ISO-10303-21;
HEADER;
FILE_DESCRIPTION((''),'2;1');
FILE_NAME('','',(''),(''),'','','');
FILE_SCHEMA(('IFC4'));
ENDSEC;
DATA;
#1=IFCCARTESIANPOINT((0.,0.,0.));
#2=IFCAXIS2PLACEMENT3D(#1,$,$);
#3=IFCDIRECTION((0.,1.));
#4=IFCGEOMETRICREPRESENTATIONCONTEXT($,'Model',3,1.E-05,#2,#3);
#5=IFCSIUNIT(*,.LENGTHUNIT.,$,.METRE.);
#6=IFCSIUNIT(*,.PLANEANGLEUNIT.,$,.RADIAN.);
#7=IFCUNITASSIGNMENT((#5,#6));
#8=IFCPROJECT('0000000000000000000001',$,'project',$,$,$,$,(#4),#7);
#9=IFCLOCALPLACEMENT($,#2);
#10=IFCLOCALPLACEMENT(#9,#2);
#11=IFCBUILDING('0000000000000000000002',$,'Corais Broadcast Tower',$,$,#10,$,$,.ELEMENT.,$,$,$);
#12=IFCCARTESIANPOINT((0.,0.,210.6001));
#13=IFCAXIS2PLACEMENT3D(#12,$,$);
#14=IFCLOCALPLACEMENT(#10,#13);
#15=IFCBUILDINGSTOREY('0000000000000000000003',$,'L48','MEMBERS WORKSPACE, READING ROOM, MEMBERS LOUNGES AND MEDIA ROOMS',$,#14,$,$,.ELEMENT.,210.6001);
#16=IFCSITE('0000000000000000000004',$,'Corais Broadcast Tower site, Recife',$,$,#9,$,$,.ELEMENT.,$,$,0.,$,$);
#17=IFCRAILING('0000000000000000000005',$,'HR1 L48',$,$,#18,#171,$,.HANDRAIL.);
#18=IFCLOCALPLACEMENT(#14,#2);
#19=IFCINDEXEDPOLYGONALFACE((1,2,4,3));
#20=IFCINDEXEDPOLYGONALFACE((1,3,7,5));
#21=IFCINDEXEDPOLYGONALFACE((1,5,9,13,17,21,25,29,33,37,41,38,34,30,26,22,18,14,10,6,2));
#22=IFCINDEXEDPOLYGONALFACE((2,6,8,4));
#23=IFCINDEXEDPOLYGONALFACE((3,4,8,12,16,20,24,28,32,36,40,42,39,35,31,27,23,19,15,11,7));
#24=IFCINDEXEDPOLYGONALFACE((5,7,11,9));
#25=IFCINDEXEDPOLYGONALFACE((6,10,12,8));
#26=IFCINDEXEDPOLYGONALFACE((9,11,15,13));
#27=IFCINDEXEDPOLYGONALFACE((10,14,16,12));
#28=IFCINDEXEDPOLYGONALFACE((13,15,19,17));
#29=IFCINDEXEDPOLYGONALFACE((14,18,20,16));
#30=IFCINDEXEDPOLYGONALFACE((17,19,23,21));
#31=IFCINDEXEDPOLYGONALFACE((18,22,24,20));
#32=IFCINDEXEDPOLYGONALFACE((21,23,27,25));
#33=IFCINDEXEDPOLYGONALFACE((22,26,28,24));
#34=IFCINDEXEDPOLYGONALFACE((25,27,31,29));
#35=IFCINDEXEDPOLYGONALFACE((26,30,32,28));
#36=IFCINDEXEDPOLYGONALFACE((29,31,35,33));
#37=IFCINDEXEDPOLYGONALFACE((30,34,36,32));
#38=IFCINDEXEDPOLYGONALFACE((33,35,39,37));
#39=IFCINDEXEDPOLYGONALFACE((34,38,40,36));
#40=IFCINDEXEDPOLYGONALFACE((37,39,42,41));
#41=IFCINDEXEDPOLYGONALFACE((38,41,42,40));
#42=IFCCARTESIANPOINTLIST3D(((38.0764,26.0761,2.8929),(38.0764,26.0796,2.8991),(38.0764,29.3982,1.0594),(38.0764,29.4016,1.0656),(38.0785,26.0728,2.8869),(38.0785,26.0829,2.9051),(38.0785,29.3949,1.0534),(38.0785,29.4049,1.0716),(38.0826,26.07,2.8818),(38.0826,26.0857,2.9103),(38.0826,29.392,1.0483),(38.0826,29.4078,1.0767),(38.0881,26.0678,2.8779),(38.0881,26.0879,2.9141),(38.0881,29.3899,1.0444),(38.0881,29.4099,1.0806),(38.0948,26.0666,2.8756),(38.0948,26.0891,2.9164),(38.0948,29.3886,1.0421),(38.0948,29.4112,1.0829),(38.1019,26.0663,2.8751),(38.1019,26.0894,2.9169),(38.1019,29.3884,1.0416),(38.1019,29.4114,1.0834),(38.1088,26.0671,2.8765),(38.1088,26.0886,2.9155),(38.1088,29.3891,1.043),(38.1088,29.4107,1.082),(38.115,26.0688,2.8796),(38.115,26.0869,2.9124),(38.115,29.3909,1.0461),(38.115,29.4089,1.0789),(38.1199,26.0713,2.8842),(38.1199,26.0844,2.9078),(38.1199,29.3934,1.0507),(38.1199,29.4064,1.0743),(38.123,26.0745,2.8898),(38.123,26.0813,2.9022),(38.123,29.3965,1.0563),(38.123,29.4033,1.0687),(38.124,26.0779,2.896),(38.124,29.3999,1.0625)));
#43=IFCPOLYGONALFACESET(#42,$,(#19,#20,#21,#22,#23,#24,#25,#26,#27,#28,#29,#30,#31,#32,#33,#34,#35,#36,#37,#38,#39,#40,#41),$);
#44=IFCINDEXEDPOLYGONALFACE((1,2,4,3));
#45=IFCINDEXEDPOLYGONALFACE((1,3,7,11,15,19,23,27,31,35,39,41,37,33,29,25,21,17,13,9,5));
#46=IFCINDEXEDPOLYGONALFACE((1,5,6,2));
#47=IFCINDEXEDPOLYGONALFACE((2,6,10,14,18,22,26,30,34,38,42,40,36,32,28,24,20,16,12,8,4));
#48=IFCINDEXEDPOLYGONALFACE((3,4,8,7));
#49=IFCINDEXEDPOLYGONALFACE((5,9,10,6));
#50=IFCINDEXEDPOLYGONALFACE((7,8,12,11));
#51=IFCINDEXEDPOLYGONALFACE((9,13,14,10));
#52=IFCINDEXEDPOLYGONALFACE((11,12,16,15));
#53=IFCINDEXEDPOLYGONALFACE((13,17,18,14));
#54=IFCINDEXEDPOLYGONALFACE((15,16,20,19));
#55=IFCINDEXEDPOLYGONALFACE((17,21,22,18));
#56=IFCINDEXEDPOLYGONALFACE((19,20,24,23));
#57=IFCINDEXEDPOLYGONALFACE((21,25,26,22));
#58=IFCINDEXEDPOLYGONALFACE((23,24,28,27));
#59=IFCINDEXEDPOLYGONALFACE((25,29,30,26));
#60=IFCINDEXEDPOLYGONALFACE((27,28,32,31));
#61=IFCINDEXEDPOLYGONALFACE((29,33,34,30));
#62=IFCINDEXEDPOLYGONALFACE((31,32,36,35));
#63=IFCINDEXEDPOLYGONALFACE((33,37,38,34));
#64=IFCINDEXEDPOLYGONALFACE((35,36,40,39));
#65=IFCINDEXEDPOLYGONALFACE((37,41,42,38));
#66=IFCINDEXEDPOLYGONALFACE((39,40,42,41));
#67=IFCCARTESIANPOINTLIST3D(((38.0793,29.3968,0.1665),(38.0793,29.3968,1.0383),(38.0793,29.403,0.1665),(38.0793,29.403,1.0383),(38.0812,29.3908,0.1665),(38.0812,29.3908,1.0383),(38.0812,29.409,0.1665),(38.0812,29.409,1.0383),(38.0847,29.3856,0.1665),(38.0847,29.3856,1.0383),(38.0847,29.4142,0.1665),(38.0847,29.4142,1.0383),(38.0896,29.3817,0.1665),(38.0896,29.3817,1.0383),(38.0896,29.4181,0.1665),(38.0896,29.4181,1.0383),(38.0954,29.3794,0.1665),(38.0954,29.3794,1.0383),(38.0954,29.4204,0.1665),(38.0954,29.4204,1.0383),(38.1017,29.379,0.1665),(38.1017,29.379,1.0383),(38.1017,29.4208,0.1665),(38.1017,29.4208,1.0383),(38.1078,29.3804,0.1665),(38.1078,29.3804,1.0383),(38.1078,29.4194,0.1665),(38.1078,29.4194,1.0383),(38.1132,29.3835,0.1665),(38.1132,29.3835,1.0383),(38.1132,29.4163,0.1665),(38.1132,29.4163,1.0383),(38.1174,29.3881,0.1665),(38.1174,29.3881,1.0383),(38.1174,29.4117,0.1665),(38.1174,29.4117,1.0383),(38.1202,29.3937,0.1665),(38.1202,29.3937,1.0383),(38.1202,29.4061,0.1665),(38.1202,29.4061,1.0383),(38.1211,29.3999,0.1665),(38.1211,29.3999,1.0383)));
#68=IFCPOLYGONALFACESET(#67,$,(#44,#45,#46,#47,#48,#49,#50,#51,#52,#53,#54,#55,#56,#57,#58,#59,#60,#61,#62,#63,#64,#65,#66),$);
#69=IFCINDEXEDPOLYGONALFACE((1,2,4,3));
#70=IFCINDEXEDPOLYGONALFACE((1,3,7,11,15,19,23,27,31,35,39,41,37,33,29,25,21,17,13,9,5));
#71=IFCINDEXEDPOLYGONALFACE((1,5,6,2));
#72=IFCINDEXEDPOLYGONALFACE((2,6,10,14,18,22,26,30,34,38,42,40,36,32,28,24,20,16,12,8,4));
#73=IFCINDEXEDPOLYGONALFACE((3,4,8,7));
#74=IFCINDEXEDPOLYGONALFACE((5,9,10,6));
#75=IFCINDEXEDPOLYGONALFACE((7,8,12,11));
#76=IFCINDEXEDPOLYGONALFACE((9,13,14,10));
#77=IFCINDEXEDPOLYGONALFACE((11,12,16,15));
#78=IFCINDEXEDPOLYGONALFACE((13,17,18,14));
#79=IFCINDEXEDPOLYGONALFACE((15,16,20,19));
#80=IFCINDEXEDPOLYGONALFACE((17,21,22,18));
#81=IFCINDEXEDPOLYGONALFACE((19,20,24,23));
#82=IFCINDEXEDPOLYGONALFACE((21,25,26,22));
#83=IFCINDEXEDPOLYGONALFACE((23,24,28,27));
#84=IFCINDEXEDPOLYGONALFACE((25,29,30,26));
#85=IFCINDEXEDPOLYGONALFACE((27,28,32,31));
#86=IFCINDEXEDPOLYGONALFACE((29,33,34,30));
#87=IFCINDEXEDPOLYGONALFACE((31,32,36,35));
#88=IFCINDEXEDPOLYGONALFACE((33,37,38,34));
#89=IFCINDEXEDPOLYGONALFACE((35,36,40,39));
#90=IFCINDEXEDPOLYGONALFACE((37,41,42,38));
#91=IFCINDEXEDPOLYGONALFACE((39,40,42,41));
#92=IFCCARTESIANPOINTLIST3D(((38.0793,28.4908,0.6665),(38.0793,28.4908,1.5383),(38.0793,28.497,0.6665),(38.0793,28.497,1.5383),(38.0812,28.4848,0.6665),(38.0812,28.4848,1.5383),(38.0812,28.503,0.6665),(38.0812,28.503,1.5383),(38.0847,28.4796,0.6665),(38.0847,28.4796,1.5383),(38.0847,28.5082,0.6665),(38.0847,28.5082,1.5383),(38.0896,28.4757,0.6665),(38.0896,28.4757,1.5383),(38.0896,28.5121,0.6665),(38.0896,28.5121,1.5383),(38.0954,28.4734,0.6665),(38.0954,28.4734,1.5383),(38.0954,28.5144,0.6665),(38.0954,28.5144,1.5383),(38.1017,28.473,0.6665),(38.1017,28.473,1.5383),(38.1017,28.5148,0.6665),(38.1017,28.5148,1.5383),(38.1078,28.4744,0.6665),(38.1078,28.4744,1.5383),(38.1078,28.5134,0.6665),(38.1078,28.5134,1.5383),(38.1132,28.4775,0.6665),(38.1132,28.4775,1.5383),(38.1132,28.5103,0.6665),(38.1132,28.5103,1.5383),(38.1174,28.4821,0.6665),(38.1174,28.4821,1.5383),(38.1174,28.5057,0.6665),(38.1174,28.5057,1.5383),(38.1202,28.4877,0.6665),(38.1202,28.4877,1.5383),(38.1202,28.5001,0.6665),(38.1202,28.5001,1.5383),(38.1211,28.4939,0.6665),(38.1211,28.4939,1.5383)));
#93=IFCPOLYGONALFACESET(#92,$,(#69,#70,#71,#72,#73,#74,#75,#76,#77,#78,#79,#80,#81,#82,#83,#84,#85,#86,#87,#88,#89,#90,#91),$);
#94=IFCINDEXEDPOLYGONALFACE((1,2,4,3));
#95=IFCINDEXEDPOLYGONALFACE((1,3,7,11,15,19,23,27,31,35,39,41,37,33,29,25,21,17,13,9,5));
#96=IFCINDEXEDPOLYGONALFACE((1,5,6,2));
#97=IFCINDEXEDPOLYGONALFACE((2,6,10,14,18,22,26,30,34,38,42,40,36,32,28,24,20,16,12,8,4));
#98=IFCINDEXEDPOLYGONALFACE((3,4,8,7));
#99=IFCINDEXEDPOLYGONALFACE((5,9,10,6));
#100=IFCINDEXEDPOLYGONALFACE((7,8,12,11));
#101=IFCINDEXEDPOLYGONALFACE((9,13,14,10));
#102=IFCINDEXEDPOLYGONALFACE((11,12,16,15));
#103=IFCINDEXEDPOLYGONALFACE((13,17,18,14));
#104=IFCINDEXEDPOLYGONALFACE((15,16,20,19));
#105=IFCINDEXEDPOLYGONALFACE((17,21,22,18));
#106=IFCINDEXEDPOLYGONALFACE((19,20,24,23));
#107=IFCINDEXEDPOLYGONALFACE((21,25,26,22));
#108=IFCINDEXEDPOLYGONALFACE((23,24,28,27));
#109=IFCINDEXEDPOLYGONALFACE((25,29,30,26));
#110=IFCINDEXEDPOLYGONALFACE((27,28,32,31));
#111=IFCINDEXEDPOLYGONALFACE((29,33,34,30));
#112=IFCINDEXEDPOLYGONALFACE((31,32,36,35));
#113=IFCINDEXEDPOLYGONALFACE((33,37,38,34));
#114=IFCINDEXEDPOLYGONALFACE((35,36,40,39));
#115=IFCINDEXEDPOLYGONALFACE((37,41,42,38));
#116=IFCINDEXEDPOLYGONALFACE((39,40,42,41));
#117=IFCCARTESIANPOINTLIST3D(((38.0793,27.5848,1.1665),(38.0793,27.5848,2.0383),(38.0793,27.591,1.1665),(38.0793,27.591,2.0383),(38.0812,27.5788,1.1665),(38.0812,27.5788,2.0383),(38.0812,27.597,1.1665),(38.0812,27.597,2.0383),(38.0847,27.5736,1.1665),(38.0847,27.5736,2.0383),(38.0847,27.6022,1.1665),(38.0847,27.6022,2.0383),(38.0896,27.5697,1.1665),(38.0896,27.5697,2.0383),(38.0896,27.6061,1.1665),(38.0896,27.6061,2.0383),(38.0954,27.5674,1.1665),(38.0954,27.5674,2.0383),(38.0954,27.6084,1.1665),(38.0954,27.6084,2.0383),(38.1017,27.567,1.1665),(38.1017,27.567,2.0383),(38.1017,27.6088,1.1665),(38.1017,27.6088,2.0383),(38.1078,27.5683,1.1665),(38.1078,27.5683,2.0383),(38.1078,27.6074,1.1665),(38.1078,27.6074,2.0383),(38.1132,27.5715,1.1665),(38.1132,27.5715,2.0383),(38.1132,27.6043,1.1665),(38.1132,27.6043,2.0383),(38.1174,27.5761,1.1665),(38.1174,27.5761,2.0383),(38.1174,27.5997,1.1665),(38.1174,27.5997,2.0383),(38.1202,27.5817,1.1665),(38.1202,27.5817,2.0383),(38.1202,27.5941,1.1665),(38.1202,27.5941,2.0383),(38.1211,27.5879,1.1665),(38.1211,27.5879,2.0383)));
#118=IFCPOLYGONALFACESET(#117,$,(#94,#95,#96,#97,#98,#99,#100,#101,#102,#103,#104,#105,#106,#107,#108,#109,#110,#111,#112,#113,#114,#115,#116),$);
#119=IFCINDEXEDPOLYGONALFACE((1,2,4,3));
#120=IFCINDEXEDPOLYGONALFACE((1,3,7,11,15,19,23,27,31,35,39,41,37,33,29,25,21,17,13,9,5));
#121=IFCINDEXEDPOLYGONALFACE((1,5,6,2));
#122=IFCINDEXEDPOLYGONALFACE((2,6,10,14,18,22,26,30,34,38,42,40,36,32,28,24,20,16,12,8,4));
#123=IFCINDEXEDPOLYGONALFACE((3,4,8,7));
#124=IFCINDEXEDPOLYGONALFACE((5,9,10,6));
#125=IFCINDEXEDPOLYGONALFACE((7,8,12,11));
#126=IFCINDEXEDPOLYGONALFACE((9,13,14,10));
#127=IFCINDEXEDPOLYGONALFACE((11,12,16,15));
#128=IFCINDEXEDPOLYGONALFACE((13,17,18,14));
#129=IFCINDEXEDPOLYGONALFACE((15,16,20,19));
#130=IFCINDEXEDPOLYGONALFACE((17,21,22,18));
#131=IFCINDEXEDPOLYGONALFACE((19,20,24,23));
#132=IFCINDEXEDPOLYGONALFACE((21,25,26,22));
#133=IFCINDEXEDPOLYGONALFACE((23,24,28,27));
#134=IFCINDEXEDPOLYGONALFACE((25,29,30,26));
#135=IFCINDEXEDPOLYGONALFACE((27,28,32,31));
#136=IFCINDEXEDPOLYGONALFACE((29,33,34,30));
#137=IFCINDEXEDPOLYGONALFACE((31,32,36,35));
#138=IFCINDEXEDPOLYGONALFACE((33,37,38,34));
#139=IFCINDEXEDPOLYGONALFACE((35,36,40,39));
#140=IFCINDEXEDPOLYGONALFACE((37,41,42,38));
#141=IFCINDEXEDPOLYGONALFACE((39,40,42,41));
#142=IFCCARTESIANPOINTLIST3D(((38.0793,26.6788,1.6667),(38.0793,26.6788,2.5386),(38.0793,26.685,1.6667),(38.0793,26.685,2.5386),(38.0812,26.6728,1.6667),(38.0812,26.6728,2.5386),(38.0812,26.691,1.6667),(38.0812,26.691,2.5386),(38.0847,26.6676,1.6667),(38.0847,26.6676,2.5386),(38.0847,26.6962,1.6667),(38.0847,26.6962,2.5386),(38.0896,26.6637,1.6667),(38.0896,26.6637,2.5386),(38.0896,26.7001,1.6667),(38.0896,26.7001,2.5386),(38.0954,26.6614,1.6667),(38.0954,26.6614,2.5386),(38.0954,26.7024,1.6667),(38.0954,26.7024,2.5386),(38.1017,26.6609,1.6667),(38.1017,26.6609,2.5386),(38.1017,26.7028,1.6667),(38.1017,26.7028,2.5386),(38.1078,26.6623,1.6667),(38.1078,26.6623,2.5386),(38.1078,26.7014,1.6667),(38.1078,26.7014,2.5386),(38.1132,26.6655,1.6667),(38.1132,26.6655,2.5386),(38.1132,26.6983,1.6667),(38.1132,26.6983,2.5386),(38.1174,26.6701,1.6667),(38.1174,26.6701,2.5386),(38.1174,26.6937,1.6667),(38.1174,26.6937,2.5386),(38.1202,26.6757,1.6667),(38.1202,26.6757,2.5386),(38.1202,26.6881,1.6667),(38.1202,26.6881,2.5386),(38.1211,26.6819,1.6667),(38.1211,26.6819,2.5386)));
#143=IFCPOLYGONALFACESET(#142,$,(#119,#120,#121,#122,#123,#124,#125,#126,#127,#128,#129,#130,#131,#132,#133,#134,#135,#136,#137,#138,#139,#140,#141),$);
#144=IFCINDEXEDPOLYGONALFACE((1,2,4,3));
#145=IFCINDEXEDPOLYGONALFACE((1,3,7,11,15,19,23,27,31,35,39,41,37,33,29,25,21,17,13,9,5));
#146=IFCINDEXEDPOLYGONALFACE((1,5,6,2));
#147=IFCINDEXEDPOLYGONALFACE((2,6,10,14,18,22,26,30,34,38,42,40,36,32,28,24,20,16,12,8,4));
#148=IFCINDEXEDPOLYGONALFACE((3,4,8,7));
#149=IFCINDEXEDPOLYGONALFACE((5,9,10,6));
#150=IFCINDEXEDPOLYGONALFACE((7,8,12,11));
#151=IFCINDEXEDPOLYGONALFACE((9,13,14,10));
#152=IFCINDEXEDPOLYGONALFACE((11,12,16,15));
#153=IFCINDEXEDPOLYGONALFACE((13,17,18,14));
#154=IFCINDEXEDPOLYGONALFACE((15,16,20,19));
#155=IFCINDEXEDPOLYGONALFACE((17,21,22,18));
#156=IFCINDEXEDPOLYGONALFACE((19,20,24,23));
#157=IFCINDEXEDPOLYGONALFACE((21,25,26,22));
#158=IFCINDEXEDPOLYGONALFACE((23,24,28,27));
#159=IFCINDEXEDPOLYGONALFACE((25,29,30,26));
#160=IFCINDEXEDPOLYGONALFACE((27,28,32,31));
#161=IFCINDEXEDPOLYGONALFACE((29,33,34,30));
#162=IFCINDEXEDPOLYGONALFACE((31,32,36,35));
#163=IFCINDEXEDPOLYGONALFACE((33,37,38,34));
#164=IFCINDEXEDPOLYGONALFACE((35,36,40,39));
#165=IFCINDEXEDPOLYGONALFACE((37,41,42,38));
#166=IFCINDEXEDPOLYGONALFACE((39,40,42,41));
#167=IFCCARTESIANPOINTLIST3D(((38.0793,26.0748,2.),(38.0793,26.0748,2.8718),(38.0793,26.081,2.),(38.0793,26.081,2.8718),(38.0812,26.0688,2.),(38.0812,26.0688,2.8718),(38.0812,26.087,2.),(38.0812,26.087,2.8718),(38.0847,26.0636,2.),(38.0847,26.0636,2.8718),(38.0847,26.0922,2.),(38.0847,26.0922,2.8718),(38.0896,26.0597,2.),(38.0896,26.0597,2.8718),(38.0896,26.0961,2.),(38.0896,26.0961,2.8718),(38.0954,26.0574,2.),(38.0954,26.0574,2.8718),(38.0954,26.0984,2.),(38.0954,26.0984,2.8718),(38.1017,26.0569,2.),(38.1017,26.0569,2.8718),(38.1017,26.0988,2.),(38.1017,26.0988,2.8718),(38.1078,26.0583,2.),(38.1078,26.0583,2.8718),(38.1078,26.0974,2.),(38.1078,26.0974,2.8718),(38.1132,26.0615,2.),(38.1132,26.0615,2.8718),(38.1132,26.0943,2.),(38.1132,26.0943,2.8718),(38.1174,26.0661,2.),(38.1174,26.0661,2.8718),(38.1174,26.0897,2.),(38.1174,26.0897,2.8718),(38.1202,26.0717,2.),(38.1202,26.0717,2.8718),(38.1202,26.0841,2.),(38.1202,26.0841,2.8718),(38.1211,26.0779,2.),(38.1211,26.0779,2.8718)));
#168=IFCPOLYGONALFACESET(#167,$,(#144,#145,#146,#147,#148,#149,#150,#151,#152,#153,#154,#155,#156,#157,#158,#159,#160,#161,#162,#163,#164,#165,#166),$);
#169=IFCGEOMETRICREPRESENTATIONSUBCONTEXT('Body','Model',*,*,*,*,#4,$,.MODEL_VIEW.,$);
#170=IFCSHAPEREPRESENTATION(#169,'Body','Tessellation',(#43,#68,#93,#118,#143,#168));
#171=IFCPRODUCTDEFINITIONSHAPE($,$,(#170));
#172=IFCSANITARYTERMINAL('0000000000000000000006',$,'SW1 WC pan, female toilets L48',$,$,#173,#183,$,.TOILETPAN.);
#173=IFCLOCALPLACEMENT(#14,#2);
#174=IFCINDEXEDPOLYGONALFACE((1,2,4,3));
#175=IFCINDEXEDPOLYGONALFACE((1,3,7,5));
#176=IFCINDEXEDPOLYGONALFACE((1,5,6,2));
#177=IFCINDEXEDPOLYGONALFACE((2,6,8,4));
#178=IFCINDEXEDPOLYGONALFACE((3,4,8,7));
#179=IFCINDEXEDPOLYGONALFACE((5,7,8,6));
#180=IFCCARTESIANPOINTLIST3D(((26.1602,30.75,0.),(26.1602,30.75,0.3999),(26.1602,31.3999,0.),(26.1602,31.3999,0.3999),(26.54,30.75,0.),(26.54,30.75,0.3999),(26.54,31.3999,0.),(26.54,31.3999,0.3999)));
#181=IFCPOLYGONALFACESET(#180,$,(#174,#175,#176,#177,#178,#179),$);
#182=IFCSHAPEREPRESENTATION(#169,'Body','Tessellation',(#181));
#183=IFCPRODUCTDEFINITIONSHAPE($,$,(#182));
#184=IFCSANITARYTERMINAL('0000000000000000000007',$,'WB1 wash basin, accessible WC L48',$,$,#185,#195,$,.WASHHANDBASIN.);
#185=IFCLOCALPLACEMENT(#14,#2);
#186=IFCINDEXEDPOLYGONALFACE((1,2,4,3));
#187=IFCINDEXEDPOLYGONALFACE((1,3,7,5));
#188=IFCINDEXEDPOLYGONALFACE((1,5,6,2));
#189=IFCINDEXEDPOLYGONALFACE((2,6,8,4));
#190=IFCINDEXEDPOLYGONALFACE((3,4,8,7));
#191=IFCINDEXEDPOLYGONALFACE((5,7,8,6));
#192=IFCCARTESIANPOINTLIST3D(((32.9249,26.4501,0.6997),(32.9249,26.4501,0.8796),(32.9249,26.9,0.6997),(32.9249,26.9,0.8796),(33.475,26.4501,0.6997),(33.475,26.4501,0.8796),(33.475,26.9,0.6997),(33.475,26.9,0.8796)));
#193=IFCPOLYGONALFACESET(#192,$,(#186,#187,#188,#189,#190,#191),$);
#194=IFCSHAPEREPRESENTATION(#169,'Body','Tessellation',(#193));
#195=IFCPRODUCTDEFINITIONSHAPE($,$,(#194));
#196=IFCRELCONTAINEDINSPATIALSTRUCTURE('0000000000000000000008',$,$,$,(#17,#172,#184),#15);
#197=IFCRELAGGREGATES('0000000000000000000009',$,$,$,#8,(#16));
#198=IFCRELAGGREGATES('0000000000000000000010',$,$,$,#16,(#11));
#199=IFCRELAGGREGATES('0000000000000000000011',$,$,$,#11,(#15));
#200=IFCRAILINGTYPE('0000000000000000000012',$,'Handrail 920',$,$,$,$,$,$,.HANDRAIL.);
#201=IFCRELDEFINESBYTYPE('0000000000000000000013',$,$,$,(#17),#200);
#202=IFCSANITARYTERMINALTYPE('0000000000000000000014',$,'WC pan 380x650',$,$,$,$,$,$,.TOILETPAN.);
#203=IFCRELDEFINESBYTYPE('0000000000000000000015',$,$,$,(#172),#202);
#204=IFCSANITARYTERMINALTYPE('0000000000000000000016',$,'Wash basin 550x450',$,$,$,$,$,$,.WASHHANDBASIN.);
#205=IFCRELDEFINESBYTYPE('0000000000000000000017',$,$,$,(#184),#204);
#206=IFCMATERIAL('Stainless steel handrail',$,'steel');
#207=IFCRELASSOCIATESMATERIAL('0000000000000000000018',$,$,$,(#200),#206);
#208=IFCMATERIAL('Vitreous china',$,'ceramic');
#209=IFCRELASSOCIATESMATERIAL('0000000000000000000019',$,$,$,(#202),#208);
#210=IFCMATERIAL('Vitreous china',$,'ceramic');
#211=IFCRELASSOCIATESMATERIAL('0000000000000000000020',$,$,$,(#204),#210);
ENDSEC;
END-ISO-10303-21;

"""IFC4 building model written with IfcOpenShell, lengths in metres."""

from ifc_helpers import new_model, si_unit, direction, frame, origin, origin_2d, place, context, subcontext, project, spatial, rectangle, circle, extrude, material, type_object, element, save


model = new_model("IFC4")

# Units and contexts
model_context = context("Model", 3, precision=1e-05, world=origin(), true_north=direction((0.0, 1.0)))
body_context = subcontext(model_context, "Body", "Model", "MODEL_VIEW")
ifc_project = project(units=[si_unit("LENGTHUNIT", "METRE"), si_unit("PLANEANGLEUNIT", "RADIAN")], contexts=[model_context])

# Site, building, storey
site_placement = place(None, origin())
site = spatial("IfcSite", under=ifc_project, at=site_placement, Name="Corais Broadcast Tower site, Recife", CompositionType="ELEMENT", RefElevation=0.0)
building_placement = place(site_placement, origin())
building = spatial("IfcBuilding", under=site, at=building_placement, Name="Corais Broadcast Tower", CompositionType="ELEMENT")
storey_placement = place(building_placement, frame((0.0, 0.0, 210.6001)))
storey = spatial("IfcBuildingStorey", under=building, at=storey_placement, Name="L48", Description="MEMBERS WORKSPACE, READING ROOM, MEMBERS LOUNGES AND MEDIA ROOMS", CompositionType="ELEMENT", Elevation=210.6001)

# Railing
ifc_material_1 = material(Name="Stainless steel handrail", Category="steel")
railing_type = type_object("IfcRailingType", Name="Handrail 920", PredefinedType="HANDRAIL", material=ifc_material_1)
for number, where, name in (
    (1, (38.1001, 29.3999, 0.1665), "HR1 L48"),
):
    element("IfcRailing", number, at=place(storey_placement, frame(where)), inside=storey, type_object=railing_type, Name=name, PredefinedType="HANDRAIL", context=body_context, shape_type="SweptSolid", body=[
        extrude(circle(Radius=0.0239, at=origin_2d()), frame((0.0, 0.0, 0.896), z_axis=(0.0, -0.875504, 0.48321), x_axis=(1.0, 0.0, 0.0)), (0.0, 0.0, 1.0), 3.7944),
        extrude(circle(Radius=0.021, at=origin_2d()), origin(), (0.0, 0.0, 1.0), 0.8718),
        extrude(circle(Radius=0.021, at=origin_2d()), frame((0.0, -0.906, 0.5)), (0.0, 0.0, 1.0), 0.8718),
        extrude(circle(Radius=0.021, at=origin_2d()), frame((0.0, -1.812, 1.0)), (0.0, 0.0, 1.0), 0.8718),
        extrude(circle(Radius=0.021, at=origin_2d()), frame((0.0, -2.718, 1.5002)), (0.0, 0.0, 1.0), 0.8718),
        extrude(circle(Radius=0.021, at=origin_2d()), frame((0.0, -3.322, 1.8335)), (0.0, 0.0, 1.0), 0.8718),
    ])

# Sanitary terminals
ifc_material_2 = material(Name="Vitreous china", Category="ceramic")
sanitary_terminal_type_1 = type_object("IfcSanitaryTerminalType", Name="WC pan 380x650", PredefinedType="TOILETPAN", material=ifc_material_2)
sanitary_terminal_1_placement = place(storey_placement, frame((26.3501, 31.075, 0.0), z_axis=(0.0, 0.0, 1.0), x_axis=(1.0, 0.0, 0.0)))
element("IfcSanitaryTerminal", 2, at=sanitary_terminal_1_placement, inside=storey, type_object=sanitary_terminal_type_1, Name="SW1 WC pan, female toilets L48", PredefinedType="TOILETPAN", context=body_context, shape_type="SweptSolid", body=[
    extrude(rectangle(XDim=0.3799, YDim=0.6499, at=origin_2d()), origin(), (0.0, 0.0, 1.0), 0.3999),
])
ifc_material_3 = material(Name="Vitreous china", Category="ceramic")
sanitary_terminal_type_2 = type_object("IfcSanitaryTerminalType", Name="Wash basin 550x450", PredefinedType="WASHHANDBASIN", material=ifc_material_3)
sanitary_terminal_2_placement = place(storey_placement, frame((33.2, 26.675, 0.6997), z_axis=(0.0, 0.0, 1.0), x_axis=(1.0, 0.0, 0.0)))
element("IfcSanitaryTerminal", 3, at=sanitary_terminal_2_placement, inside=storey, type_object=sanitary_terminal_type_2, Name="WB1 wash basin, accessible WC L48", PredefinedType="WASHHANDBASIN", context=body_context, shape_type="SweptSolid", body=[
    extrude(rectangle(XDim=0.55, YDim=0.45, at=origin_2d()), origin(), (0.0, 0.0, 1.0), 0.1799),
])

save(model, "model.ifc")
